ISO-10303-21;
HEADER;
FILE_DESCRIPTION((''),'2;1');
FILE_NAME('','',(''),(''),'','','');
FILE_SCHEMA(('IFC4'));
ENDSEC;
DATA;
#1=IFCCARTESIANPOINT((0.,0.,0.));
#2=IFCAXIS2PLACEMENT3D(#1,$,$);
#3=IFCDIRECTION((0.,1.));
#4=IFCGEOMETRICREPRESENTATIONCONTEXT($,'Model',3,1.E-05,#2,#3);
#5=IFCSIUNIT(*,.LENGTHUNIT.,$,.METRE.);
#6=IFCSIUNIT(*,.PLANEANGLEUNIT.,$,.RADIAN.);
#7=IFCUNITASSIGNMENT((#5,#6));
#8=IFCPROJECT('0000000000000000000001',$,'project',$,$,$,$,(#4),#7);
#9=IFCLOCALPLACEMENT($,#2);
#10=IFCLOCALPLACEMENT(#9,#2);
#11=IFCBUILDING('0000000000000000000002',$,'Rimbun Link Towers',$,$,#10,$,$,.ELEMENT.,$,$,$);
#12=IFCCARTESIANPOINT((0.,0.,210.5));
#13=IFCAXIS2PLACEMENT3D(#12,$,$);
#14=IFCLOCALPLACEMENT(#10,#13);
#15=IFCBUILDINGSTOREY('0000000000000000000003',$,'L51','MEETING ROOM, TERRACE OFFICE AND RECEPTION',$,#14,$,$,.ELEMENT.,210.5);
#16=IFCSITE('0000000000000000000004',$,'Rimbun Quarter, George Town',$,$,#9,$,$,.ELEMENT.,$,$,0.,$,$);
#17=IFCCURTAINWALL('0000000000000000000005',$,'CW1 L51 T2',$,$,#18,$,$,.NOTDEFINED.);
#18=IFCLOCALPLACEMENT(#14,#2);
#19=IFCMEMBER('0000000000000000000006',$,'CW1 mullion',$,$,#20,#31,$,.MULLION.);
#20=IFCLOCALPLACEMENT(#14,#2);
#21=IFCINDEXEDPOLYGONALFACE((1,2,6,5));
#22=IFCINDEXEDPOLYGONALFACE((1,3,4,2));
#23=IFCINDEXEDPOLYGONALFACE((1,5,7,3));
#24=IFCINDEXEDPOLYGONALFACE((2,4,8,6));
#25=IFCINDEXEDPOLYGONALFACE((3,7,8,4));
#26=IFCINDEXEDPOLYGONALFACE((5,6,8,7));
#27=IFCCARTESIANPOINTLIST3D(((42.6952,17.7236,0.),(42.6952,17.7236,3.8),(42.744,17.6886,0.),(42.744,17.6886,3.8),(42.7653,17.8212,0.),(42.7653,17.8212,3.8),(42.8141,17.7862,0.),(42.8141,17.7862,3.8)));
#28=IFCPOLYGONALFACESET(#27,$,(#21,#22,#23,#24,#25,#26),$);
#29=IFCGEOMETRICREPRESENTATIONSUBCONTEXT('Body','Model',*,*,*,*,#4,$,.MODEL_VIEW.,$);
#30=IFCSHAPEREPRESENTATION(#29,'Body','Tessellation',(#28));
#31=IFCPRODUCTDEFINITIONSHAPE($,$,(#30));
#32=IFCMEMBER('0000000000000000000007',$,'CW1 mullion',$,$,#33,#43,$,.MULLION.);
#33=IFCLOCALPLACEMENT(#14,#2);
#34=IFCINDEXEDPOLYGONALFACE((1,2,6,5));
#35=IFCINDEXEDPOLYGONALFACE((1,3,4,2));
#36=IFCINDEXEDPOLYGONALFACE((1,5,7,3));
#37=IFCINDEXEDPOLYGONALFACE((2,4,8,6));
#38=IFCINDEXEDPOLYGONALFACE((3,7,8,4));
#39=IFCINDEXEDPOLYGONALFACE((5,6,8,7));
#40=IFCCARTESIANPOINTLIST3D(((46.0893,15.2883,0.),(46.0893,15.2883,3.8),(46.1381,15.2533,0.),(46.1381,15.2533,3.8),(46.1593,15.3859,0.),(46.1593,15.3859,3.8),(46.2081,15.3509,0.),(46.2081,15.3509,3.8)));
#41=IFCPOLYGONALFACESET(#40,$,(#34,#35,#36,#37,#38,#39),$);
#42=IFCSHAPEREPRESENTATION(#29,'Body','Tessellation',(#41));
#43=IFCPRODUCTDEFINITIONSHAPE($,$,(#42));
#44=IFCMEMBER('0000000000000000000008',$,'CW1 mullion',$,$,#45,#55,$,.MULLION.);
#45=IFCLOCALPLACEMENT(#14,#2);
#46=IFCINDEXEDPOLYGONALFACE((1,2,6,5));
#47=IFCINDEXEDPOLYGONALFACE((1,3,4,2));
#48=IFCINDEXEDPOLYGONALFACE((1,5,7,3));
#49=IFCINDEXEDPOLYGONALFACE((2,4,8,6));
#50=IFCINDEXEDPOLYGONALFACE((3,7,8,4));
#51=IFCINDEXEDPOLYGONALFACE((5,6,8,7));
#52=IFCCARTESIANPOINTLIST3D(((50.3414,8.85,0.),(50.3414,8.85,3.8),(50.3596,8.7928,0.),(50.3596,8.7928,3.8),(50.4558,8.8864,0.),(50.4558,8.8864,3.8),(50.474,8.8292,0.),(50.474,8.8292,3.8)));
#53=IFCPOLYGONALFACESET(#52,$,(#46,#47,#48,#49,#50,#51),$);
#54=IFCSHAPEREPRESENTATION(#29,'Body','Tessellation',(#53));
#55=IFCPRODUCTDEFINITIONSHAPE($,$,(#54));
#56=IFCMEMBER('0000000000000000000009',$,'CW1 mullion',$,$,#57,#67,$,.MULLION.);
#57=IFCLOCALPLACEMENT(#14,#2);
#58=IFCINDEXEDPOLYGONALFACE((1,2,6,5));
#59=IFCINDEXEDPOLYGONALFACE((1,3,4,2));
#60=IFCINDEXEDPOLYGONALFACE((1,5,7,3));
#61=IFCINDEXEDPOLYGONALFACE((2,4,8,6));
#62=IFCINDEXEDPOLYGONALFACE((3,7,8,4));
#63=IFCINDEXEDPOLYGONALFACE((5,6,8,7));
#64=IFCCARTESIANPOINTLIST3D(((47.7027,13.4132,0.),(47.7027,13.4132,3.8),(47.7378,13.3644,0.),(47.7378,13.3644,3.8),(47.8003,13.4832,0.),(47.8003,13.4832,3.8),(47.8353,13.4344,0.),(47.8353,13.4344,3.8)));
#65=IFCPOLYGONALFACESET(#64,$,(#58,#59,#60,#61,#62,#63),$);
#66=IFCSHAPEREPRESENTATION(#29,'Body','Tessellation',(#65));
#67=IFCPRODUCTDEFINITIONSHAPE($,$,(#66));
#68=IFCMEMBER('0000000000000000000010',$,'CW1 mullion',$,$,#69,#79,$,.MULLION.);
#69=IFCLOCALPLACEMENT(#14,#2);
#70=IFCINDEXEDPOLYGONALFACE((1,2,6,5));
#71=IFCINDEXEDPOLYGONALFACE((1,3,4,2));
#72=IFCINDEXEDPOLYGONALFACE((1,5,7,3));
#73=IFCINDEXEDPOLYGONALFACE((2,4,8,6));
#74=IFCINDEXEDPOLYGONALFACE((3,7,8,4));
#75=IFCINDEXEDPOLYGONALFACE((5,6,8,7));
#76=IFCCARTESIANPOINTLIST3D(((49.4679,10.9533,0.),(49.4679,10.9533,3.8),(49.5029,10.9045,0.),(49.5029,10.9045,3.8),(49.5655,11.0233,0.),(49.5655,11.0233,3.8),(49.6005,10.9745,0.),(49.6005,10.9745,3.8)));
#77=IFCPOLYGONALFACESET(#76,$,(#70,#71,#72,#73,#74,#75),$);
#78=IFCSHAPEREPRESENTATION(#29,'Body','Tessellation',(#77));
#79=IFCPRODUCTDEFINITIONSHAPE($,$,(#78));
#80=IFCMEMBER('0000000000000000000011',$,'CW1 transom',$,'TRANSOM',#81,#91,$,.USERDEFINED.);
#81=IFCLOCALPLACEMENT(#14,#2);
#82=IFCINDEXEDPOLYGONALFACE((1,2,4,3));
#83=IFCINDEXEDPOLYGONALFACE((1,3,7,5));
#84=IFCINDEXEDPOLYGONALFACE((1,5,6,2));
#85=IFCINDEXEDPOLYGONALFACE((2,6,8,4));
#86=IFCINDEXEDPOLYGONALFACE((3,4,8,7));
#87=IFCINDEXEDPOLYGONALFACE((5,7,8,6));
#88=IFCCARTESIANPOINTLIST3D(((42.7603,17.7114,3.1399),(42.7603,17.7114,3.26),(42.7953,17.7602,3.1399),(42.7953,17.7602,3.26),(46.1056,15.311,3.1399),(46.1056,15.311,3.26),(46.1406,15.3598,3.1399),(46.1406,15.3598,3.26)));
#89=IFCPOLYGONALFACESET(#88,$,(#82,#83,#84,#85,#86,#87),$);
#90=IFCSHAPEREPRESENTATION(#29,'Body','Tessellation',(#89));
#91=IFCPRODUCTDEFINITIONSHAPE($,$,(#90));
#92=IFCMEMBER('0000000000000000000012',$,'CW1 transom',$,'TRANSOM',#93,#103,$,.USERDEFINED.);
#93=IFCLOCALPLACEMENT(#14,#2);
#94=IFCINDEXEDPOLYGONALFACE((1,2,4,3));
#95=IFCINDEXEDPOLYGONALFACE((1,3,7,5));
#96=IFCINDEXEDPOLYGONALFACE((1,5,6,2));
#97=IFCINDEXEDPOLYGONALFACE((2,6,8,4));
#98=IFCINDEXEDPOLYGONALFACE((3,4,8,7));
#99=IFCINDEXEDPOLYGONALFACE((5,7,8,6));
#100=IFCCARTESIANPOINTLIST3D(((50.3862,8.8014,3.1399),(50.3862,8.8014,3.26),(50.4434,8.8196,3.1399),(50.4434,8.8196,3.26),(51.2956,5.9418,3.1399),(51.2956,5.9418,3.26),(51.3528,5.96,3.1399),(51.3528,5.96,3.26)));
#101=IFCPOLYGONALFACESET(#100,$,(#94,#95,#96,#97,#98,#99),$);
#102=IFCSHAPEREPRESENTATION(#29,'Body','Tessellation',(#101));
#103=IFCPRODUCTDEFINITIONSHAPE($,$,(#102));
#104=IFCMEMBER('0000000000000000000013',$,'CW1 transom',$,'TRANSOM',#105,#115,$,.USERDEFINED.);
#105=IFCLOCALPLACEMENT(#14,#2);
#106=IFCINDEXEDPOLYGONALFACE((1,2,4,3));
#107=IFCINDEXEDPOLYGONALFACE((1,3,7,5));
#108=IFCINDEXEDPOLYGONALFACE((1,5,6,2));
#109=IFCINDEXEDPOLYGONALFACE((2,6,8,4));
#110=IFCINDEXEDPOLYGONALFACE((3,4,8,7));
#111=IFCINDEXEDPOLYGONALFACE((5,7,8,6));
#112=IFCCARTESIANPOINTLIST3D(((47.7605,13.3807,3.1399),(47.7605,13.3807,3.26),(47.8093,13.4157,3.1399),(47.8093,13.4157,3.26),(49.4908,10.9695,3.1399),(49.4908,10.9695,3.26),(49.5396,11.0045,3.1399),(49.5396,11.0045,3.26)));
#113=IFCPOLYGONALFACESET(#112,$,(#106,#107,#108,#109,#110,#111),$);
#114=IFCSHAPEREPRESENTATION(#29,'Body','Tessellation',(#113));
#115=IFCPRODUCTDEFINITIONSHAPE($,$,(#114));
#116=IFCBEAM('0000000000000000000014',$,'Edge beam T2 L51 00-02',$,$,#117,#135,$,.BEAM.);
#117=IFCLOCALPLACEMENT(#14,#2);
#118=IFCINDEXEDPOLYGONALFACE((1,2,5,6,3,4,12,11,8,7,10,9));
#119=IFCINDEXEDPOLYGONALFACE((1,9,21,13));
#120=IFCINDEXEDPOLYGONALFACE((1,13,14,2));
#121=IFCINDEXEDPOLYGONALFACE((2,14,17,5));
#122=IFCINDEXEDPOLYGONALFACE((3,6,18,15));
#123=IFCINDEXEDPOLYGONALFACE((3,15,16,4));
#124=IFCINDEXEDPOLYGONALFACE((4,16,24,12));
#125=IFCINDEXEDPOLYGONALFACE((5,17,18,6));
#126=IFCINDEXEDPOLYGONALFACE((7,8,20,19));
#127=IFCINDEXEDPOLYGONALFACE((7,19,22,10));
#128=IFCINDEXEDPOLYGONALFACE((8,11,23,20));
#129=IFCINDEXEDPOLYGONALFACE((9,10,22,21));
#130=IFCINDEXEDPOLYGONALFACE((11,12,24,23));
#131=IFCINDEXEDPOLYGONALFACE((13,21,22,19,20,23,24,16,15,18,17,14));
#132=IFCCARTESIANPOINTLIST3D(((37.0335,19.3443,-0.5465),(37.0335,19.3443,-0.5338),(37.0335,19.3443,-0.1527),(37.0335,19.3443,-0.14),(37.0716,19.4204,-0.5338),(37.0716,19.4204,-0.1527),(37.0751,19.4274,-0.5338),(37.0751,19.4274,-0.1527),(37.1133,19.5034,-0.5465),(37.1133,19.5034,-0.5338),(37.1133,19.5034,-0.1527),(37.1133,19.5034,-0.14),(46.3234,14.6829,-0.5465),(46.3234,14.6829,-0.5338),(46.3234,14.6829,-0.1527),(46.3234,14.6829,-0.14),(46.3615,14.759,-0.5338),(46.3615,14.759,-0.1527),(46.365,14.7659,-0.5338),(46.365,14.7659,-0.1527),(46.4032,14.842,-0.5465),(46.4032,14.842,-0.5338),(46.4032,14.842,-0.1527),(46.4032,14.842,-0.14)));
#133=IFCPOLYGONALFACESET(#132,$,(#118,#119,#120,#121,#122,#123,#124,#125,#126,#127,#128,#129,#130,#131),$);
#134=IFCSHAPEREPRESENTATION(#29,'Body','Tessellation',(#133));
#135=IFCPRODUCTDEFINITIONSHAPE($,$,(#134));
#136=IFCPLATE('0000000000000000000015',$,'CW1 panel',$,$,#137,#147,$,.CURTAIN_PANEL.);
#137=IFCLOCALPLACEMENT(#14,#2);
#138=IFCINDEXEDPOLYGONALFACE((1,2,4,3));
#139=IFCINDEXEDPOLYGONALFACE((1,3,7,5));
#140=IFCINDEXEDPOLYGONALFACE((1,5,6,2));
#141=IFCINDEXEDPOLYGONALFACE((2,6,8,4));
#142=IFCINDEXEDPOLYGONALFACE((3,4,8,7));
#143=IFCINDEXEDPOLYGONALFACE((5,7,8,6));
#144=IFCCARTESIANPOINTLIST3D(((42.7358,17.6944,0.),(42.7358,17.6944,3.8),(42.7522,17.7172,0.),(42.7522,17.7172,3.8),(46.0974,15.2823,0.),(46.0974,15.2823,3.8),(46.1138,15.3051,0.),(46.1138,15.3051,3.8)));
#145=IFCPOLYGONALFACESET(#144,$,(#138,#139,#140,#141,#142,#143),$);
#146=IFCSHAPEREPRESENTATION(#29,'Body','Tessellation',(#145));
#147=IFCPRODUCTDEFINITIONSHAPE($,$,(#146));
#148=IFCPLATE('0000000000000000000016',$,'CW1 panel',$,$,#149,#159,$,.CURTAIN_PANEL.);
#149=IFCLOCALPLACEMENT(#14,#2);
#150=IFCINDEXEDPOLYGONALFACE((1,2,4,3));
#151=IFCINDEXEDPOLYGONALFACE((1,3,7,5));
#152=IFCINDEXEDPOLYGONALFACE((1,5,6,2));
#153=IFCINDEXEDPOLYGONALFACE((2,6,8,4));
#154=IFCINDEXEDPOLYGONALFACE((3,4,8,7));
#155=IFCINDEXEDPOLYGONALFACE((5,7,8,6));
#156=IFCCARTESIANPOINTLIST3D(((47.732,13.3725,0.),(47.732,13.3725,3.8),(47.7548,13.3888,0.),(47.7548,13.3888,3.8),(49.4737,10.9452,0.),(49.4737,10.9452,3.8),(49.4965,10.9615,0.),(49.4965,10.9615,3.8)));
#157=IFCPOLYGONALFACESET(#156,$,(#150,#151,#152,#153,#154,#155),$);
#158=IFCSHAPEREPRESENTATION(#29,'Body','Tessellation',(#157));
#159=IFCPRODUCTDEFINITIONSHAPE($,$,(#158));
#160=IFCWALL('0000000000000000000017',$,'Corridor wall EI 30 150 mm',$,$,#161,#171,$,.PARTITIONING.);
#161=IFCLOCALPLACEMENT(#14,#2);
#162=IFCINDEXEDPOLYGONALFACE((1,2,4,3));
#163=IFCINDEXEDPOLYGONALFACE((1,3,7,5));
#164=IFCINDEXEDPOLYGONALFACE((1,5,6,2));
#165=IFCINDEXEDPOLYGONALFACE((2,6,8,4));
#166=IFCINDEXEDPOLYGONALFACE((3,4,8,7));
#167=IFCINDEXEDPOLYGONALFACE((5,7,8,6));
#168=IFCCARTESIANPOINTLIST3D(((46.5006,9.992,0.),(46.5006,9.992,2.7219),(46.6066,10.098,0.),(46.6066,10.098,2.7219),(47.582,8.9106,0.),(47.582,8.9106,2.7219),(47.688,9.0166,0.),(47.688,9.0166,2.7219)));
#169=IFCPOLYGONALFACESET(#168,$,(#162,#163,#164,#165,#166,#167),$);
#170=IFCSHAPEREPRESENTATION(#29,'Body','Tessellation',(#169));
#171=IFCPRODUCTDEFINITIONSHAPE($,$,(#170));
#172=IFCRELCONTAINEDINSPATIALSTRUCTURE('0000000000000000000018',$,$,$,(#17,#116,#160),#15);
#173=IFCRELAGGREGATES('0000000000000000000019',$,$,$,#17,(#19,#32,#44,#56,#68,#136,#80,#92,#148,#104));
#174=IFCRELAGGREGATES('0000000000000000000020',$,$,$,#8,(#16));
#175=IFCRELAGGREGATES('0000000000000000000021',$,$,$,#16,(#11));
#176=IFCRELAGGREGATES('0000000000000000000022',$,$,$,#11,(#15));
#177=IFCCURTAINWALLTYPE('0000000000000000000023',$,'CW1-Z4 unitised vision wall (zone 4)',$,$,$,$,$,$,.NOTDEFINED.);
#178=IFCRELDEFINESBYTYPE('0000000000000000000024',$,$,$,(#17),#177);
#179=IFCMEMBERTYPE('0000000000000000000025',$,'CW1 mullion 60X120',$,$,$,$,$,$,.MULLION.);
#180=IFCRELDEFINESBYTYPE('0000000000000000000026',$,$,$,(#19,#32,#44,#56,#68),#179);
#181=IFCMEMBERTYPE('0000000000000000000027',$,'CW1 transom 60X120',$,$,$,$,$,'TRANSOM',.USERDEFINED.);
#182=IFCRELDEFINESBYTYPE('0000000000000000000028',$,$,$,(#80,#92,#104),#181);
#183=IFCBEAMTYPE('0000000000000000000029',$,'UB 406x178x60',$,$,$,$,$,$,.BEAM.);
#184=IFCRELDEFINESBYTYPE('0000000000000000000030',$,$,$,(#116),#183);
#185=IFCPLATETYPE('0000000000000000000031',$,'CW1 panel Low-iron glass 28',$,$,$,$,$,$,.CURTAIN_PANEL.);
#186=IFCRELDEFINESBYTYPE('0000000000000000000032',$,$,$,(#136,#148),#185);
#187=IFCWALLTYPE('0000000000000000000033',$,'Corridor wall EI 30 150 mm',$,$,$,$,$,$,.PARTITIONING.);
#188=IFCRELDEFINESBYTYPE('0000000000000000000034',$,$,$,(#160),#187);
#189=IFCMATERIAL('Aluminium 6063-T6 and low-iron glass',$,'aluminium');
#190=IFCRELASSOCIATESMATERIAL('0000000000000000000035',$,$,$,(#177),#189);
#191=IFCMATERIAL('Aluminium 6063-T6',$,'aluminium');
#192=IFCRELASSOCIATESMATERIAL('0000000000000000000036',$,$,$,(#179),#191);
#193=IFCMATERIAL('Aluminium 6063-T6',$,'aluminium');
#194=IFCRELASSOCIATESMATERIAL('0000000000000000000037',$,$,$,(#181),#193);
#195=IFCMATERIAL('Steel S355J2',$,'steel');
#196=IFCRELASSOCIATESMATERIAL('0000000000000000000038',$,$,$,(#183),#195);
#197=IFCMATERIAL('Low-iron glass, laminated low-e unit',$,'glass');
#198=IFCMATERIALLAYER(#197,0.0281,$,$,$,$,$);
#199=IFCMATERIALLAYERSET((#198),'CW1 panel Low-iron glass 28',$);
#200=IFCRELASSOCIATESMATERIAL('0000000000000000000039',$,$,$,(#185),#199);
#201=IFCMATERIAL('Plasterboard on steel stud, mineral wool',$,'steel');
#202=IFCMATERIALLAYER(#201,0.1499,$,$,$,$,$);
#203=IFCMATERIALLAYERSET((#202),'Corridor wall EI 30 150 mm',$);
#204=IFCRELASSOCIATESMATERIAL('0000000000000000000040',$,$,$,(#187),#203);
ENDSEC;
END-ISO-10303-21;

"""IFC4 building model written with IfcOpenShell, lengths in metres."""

from ifc_helpers import new_model, si_unit, direction, frame, frame_2d, origin, origin_2d, place, context, subcontext, project, spatial, rectangle, i_section, extrude, material, layer, layer_set, material_profile, profile_set, type_object, element, aggregate, save


model = new_model("IFC4")

# Units and contexts
model_context = context("Model", 3, precision=1e-05, world=origin(), true_north=direction((0.0, 1.0)))
body_context = subcontext(model_context, "Body", "Model", "MODEL_VIEW")
ifc_project = project(units=[si_unit("LENGTHUNIT", "METRE"), si_unit("PLANEANGLEUNIT", "RADIAN")], contexts=[model_context])

# Site, building, storey
site_placement = place(None, origin())
site = spatial("IfcSite", under=ifc_project, at=site_placement, Name="Rimbun Quarter, George Town", CompositionType="ELEMENT", RefElevation=0.0)
building_placement = place(site_placement, origin())
building = spatial("IfcBuilding", under=site, at=building_placement, Name="Rimbun Link Towers", CompositionType="ELEMENT")
storey_placement = place(building_placement, frame((0.0, 0.0, 210.5)))
storey = spatial("IfcBuildingStorey", under=building, at=storey_placement, Name="L51", Description="MEETING ROOM, TERRACE OFFICE AND RECEPTION", CompositionType="ELEMENT", Elevation=210.5)

# Curtain wall, members
ifc_material_1 = material(Name="Aluminium 6063-T6 and low-iron glass", Category="aluminium")
curtain_wall_type = type_object("IfcCurtainWallType", Name="CW1-Z4 unitised vision wall (zone 4)", PredefinedType="NOTDEFINED", material=ifc_material_1)
curtain_wall_placement = place(storey_placement, origin())
curtain_wall = element("IfcCurtainWall", 1, at=curtain_wall_placement, inside=storey, type_object=curtain_wall_type, Name="CW1 L51 T2", PredefinedType="NOTDEFINED")
ifc_material_2 = material(Name="Aluminium 6063-T6", Category="aluminium")
ifc_material_profile_1 = material_profile(ifc_material_2, rectangle(XDim=0.1201, YDim=0.0601, at=origin_2d()), Name="MULLION 60X120")
ifc_profile_set_1 = profile_set([ifc_material_profile_1], Name="Aluminium 6063-T6")
member_type_1 = type_object("IfcMemberType", Name="CW1 mullion 60X120", PredefinedType="MULLION", material=ifc_profile_set_1)
member_1_placement = place(storey_placement, frame((42.7546, 17.7549, 0.0), z_axis=(0.0, 0.0, 1.0), x_axis=(0.583004, 0.81247, 0.0)))
member_1 = element("IfcMember", 2, at=member_1_placement, type_object=member_type_1, Name="CW1 mullion", PredefinedType="MULLION", context=body_context, shape_type="SweptSolid", body=[
    extrude(rectangle(XDim=0.1201, YDim=0.0601, at=origin_2d()), origin(), (0.0, 0.0, 1.0), 3.8),
])
member_2_placement = place(storey_placement, frame((46.1487, 15.3196, 0.0), z_axis=(0.0, 0.0, 1.0), x_axis=(0.583004, 0.81247, 0.0)))
member_2 = element("IfcMember", 3, at=member_2_placement, type_object=member_type_1, Name="CW1 mullion", PredefinedType="MULLION", context=body_context, shape_type="SweptSolid", body=[
    extrude(rectangle(XDim=0.1201, YDim=0.0601, at=origin_2d()), origin(), (0.0, 0.0, 1.0), 3.8),
])
member_3_placement = place(storey_placement, frame((50.4077, 8.8396, 0.0), z_axis=(0.0, 0.0, 1.0), x_axis=(0.952969, 0.303068, 0.0)))
member_3 = element("IfcMember", 4, at=member_3_placement, type_object=member_type_1, Name="CW1 mullion", PredefinedType="MULLION", context=body_context, shape_type="SweptSolid", body=[
    extrude(rectangle(XDim=0.1201, YDim=0.0601, at=origin_2d()), origin(), (0.0, 0.0, 1.0), 3.8),
])
member_4_placement = place(storey_placement, frame((47.769, 13.4238, 0.0), z_axis=(0.0, 0.0, 1.0), x_axis=(0.81247, 0.583004, 0.0)))
member_4 = element("IfcMember", 5, at=member_4_placement, type_object=member_type_1, Name="CW1 mullion", PredefinedType="MULLION", context=body_context, shape_type="SweptSolid", body=[
    extrude(rectangle(XDim=0.1201, YDim=0.0601, at=origin_2d()), origin(), (0.0, 0.0, 1.0), 3.8),
])
member_5_placement = place(storey_placement, frame((49.5342, 10.9639, 0.0), z_axis=(0.0, 0.0, 1.0), x_axis=(0.81247, 0.583004, 0.0)))
member_5 = element("IfcMember", 6, at=member_5_placement, type_object=member_type_1, Name="CW1 mullion", PredefinedType="MULLION", context=body_context, shape_type="SweptSolid", body=[
    extrude(rectangle(XDim=0.1201, YDim=0.0601, at=origin_2d()), origin(), (0.0, 0.0, 1.0), 3.8),
])
ifc_material_3 = material(Name="Aluminium 6063-T6", Category="aluminium")
ifc_material_profile_2 = material_profile(ifc_material_3, rectangle(XDim=0.0601, YDim=0.1201, at=origin_2d()), Name="TRANSOM 60X120")
ifc_profile_set_2 = profile_set([ifc_material_profile_2], Name="Aluminium 6063-T6")
member_type_2 = type_object("IfcMemberType", Name="CW1 transom 60X120", ElementType="TRANSOM", PredefinedType="USERDEFINED", material=ifc_profile_set_2)
member_6_placement = place(storey_placement, frame((42.7778, 17.7358, 3.2), z_axis=(0.812474, -0.582998, 0.0), x_axis=(0.582998, 0.812474, 0.0)))
member_6 = element("IfcMember", 7, at=member_6_placement, type_object=member_type_2, Name="CW1 transom", ObjectType="TRANSOM", PredefinedType="USERDEFINED", context=body_context, shape_type="SweptSolid", body=[
    extrude(rectangle(XDim=0.0601, YDim=0.1201, at=origin_2d()), origin(), (0.0, 0.0, 1.0), 4.1174),
])
member_7_placement = place(storey_placement, frame((50.4148, 8.8105, 3.2), z_axis=(0.303066, -0.95297, 0.0), x_axis=(0.95297, 0.303066, 0.0)))
member_7 = element("IfcMember", 8, at=member_7_placement, type_object=member_type_2, Name="CW1 transom", ObjectType="TRANSOM", PredefinedType="USERDEFINED", context=body_context, shape_type="SweptSolid", body=[
    extrude(rectangle(XDim=0.0601, YDim=0.1201, at=origin_2d()), origin(), (0.0, 0.0, 1.0), 3.0007),
])
member_8_placement = place(storey_placement, frame((47.7849, 13.3982, 3.2), z_axis=(0.583019, -0.812459, 0.0), x_axis=(0.812459, 0.583019, 0.0)))
member_8 = element("IfcMember", 9, at=member_8_placement, type_object=member_type_2, Name="CW1 transom", ObjectType="TRANSOM", PredefinedType="USERDEFINED", context=body_context, shape_type="SweptSolid", body=[
    extrude(rectangle(XDim=0.0601, YDim=0.1201, at=origin_2d()), origin(), (0.0, 0.0, 1.0), 2.9678),
])

# Beam
ifc_material_4 = material(Name="Steel S355J2", Category="steel")
ifc_material_profile_3 = material_profile(ifc_material_4, i_section(OverallWidth=0.178, OverallDepth=0.4065, WebThickness=0.0078, FlangeThickness=0.0127, at=origin_2d()), Name="UB 406x178x60")
ifc_profile_set_3 = profile_set([ifc_material_profile_3], Name="Steel S355J2")
beam_type = type_object("IfcBeamType", Name="UB 406x178x60", PredefinedType="BEAM", material=ifc_profile_set_3)
beam_placement = place(storey_placement, frame((46.3633, 14.7625, -0.3433), z_axis=(-0.893792, 0.448482, 0.0), x_axis=(-0.448482, -0.893792, 0.0)))
element("IfcBeam", 10, at=beam_placement, inside=storey, type_object=beam_type, Name="Edge beam T2 L51 00-02", PredefinedType="BEAM", context=body_context, shape_type="SweptSolid", body=[
    extrude(i_section(OverallWidth=0.178, OverallDepth=0.4065, WebThickness=0.0078, FlangeThickness=0.0127, at=origin_2d()), origin(), (0.0, 0.0, 1.0), 10.3938),
])

# Plates
ifc_material_5 = material(Name="Low-iron glass, laminated low-e unit", Category="glass")
ifc_layer_1 = layer(ifc_material_5, 0.0281)
ifc_layer_set_1 = layer_set([ifc_layer_1], Name="CW1 panel Low-iron glass 28")
plate_type = type_object("IfcPlateType", Name="CW1 panel Low-iron glass 28", PredefinedType="CURTAIN_PANEL", material=ifc_layer_set_1)
plate_1_placement = place(storey_placement, frame((44.4248, 16.4998, 0.0), z_axis=(0.0, 0.0, 1.0), x_axis=(0.81247, -0.583004, 0.0)))
plate_1 = element("IfcPlate", 11, at=plate_1_placement, type_object=plate_type, Name="CW1 panel", PredefinedType="CURTAIN_PANEL", context=body_context, shape_type="SweptSolid", body=[
    extrude(rectangle(XDim=4.1375, YDim=0.0281, at=origin_2d()), origin(), (0.0, 0.0, 1.0), 3.8),
])
plate_2_placement = place(storey_placement, frame((48.6143, 12.167, 0.0), z_axis=(0.0, 0.0, 1.0), x_axis=(0.583004, -0.81247, 0.0)))
plate_2 = element("IfcPlate", 12, at=plate_2_placement, type_object=plate_type, Name="CW1 panel", PredefinedType="CURTAIN_PANEL", context=body_context, shape_type="SweptSolid", body=[
    extrude(rectangle(XDim=2.9875, YDim=0.0281, at=origin_2d()), origin(), (0.0, 0.0, 1.0), 3.8),
])
aggregate(curtain_wall, [member_1, member_2, member_3, member_4, member_5, plate_1, member_6, member_7, plate_2, member_8])

# Wall
ifc_material_6 = material(Name="Plasterboard on steel stud, mineral wool", Category="steel")
ifc_layer_2 = layer(ifc_material_6, 0.1499)
ifc_layer_set_2 = layer_set([ifc_layer_2], Name="Corridor wall EI 30 150 mm")
wall_type = type_object("IfcWallType", Name="Corridor wall EI 30 150 mm", PredefinedType="PARTITIONING", material=ifc_layer_set_2)
wall_1_placement = place(storey_placement, frame((47.635, 8.9636, 0.0), z_axis=(0.0, 0.0, 1.0), x_axis=(-0.707107, 0.707107, 0.0)))
element("IfcWall", 13, at=wall_1_placement, inside=storey, type_object=wall_type, Name="Corridor wall EI 30 150 mm", PredefinedType="PARTITIONING", context=body_context, shape_type="SweptSolid", body=[
    extrude(rectangle(XDim=1.5293, YDim=0.1499, at=frame_2d((0.7646, 0.0))), origin(), (0.0, 0.0, 1.0), 2.7219),
])

save(model, "model.ifc")
